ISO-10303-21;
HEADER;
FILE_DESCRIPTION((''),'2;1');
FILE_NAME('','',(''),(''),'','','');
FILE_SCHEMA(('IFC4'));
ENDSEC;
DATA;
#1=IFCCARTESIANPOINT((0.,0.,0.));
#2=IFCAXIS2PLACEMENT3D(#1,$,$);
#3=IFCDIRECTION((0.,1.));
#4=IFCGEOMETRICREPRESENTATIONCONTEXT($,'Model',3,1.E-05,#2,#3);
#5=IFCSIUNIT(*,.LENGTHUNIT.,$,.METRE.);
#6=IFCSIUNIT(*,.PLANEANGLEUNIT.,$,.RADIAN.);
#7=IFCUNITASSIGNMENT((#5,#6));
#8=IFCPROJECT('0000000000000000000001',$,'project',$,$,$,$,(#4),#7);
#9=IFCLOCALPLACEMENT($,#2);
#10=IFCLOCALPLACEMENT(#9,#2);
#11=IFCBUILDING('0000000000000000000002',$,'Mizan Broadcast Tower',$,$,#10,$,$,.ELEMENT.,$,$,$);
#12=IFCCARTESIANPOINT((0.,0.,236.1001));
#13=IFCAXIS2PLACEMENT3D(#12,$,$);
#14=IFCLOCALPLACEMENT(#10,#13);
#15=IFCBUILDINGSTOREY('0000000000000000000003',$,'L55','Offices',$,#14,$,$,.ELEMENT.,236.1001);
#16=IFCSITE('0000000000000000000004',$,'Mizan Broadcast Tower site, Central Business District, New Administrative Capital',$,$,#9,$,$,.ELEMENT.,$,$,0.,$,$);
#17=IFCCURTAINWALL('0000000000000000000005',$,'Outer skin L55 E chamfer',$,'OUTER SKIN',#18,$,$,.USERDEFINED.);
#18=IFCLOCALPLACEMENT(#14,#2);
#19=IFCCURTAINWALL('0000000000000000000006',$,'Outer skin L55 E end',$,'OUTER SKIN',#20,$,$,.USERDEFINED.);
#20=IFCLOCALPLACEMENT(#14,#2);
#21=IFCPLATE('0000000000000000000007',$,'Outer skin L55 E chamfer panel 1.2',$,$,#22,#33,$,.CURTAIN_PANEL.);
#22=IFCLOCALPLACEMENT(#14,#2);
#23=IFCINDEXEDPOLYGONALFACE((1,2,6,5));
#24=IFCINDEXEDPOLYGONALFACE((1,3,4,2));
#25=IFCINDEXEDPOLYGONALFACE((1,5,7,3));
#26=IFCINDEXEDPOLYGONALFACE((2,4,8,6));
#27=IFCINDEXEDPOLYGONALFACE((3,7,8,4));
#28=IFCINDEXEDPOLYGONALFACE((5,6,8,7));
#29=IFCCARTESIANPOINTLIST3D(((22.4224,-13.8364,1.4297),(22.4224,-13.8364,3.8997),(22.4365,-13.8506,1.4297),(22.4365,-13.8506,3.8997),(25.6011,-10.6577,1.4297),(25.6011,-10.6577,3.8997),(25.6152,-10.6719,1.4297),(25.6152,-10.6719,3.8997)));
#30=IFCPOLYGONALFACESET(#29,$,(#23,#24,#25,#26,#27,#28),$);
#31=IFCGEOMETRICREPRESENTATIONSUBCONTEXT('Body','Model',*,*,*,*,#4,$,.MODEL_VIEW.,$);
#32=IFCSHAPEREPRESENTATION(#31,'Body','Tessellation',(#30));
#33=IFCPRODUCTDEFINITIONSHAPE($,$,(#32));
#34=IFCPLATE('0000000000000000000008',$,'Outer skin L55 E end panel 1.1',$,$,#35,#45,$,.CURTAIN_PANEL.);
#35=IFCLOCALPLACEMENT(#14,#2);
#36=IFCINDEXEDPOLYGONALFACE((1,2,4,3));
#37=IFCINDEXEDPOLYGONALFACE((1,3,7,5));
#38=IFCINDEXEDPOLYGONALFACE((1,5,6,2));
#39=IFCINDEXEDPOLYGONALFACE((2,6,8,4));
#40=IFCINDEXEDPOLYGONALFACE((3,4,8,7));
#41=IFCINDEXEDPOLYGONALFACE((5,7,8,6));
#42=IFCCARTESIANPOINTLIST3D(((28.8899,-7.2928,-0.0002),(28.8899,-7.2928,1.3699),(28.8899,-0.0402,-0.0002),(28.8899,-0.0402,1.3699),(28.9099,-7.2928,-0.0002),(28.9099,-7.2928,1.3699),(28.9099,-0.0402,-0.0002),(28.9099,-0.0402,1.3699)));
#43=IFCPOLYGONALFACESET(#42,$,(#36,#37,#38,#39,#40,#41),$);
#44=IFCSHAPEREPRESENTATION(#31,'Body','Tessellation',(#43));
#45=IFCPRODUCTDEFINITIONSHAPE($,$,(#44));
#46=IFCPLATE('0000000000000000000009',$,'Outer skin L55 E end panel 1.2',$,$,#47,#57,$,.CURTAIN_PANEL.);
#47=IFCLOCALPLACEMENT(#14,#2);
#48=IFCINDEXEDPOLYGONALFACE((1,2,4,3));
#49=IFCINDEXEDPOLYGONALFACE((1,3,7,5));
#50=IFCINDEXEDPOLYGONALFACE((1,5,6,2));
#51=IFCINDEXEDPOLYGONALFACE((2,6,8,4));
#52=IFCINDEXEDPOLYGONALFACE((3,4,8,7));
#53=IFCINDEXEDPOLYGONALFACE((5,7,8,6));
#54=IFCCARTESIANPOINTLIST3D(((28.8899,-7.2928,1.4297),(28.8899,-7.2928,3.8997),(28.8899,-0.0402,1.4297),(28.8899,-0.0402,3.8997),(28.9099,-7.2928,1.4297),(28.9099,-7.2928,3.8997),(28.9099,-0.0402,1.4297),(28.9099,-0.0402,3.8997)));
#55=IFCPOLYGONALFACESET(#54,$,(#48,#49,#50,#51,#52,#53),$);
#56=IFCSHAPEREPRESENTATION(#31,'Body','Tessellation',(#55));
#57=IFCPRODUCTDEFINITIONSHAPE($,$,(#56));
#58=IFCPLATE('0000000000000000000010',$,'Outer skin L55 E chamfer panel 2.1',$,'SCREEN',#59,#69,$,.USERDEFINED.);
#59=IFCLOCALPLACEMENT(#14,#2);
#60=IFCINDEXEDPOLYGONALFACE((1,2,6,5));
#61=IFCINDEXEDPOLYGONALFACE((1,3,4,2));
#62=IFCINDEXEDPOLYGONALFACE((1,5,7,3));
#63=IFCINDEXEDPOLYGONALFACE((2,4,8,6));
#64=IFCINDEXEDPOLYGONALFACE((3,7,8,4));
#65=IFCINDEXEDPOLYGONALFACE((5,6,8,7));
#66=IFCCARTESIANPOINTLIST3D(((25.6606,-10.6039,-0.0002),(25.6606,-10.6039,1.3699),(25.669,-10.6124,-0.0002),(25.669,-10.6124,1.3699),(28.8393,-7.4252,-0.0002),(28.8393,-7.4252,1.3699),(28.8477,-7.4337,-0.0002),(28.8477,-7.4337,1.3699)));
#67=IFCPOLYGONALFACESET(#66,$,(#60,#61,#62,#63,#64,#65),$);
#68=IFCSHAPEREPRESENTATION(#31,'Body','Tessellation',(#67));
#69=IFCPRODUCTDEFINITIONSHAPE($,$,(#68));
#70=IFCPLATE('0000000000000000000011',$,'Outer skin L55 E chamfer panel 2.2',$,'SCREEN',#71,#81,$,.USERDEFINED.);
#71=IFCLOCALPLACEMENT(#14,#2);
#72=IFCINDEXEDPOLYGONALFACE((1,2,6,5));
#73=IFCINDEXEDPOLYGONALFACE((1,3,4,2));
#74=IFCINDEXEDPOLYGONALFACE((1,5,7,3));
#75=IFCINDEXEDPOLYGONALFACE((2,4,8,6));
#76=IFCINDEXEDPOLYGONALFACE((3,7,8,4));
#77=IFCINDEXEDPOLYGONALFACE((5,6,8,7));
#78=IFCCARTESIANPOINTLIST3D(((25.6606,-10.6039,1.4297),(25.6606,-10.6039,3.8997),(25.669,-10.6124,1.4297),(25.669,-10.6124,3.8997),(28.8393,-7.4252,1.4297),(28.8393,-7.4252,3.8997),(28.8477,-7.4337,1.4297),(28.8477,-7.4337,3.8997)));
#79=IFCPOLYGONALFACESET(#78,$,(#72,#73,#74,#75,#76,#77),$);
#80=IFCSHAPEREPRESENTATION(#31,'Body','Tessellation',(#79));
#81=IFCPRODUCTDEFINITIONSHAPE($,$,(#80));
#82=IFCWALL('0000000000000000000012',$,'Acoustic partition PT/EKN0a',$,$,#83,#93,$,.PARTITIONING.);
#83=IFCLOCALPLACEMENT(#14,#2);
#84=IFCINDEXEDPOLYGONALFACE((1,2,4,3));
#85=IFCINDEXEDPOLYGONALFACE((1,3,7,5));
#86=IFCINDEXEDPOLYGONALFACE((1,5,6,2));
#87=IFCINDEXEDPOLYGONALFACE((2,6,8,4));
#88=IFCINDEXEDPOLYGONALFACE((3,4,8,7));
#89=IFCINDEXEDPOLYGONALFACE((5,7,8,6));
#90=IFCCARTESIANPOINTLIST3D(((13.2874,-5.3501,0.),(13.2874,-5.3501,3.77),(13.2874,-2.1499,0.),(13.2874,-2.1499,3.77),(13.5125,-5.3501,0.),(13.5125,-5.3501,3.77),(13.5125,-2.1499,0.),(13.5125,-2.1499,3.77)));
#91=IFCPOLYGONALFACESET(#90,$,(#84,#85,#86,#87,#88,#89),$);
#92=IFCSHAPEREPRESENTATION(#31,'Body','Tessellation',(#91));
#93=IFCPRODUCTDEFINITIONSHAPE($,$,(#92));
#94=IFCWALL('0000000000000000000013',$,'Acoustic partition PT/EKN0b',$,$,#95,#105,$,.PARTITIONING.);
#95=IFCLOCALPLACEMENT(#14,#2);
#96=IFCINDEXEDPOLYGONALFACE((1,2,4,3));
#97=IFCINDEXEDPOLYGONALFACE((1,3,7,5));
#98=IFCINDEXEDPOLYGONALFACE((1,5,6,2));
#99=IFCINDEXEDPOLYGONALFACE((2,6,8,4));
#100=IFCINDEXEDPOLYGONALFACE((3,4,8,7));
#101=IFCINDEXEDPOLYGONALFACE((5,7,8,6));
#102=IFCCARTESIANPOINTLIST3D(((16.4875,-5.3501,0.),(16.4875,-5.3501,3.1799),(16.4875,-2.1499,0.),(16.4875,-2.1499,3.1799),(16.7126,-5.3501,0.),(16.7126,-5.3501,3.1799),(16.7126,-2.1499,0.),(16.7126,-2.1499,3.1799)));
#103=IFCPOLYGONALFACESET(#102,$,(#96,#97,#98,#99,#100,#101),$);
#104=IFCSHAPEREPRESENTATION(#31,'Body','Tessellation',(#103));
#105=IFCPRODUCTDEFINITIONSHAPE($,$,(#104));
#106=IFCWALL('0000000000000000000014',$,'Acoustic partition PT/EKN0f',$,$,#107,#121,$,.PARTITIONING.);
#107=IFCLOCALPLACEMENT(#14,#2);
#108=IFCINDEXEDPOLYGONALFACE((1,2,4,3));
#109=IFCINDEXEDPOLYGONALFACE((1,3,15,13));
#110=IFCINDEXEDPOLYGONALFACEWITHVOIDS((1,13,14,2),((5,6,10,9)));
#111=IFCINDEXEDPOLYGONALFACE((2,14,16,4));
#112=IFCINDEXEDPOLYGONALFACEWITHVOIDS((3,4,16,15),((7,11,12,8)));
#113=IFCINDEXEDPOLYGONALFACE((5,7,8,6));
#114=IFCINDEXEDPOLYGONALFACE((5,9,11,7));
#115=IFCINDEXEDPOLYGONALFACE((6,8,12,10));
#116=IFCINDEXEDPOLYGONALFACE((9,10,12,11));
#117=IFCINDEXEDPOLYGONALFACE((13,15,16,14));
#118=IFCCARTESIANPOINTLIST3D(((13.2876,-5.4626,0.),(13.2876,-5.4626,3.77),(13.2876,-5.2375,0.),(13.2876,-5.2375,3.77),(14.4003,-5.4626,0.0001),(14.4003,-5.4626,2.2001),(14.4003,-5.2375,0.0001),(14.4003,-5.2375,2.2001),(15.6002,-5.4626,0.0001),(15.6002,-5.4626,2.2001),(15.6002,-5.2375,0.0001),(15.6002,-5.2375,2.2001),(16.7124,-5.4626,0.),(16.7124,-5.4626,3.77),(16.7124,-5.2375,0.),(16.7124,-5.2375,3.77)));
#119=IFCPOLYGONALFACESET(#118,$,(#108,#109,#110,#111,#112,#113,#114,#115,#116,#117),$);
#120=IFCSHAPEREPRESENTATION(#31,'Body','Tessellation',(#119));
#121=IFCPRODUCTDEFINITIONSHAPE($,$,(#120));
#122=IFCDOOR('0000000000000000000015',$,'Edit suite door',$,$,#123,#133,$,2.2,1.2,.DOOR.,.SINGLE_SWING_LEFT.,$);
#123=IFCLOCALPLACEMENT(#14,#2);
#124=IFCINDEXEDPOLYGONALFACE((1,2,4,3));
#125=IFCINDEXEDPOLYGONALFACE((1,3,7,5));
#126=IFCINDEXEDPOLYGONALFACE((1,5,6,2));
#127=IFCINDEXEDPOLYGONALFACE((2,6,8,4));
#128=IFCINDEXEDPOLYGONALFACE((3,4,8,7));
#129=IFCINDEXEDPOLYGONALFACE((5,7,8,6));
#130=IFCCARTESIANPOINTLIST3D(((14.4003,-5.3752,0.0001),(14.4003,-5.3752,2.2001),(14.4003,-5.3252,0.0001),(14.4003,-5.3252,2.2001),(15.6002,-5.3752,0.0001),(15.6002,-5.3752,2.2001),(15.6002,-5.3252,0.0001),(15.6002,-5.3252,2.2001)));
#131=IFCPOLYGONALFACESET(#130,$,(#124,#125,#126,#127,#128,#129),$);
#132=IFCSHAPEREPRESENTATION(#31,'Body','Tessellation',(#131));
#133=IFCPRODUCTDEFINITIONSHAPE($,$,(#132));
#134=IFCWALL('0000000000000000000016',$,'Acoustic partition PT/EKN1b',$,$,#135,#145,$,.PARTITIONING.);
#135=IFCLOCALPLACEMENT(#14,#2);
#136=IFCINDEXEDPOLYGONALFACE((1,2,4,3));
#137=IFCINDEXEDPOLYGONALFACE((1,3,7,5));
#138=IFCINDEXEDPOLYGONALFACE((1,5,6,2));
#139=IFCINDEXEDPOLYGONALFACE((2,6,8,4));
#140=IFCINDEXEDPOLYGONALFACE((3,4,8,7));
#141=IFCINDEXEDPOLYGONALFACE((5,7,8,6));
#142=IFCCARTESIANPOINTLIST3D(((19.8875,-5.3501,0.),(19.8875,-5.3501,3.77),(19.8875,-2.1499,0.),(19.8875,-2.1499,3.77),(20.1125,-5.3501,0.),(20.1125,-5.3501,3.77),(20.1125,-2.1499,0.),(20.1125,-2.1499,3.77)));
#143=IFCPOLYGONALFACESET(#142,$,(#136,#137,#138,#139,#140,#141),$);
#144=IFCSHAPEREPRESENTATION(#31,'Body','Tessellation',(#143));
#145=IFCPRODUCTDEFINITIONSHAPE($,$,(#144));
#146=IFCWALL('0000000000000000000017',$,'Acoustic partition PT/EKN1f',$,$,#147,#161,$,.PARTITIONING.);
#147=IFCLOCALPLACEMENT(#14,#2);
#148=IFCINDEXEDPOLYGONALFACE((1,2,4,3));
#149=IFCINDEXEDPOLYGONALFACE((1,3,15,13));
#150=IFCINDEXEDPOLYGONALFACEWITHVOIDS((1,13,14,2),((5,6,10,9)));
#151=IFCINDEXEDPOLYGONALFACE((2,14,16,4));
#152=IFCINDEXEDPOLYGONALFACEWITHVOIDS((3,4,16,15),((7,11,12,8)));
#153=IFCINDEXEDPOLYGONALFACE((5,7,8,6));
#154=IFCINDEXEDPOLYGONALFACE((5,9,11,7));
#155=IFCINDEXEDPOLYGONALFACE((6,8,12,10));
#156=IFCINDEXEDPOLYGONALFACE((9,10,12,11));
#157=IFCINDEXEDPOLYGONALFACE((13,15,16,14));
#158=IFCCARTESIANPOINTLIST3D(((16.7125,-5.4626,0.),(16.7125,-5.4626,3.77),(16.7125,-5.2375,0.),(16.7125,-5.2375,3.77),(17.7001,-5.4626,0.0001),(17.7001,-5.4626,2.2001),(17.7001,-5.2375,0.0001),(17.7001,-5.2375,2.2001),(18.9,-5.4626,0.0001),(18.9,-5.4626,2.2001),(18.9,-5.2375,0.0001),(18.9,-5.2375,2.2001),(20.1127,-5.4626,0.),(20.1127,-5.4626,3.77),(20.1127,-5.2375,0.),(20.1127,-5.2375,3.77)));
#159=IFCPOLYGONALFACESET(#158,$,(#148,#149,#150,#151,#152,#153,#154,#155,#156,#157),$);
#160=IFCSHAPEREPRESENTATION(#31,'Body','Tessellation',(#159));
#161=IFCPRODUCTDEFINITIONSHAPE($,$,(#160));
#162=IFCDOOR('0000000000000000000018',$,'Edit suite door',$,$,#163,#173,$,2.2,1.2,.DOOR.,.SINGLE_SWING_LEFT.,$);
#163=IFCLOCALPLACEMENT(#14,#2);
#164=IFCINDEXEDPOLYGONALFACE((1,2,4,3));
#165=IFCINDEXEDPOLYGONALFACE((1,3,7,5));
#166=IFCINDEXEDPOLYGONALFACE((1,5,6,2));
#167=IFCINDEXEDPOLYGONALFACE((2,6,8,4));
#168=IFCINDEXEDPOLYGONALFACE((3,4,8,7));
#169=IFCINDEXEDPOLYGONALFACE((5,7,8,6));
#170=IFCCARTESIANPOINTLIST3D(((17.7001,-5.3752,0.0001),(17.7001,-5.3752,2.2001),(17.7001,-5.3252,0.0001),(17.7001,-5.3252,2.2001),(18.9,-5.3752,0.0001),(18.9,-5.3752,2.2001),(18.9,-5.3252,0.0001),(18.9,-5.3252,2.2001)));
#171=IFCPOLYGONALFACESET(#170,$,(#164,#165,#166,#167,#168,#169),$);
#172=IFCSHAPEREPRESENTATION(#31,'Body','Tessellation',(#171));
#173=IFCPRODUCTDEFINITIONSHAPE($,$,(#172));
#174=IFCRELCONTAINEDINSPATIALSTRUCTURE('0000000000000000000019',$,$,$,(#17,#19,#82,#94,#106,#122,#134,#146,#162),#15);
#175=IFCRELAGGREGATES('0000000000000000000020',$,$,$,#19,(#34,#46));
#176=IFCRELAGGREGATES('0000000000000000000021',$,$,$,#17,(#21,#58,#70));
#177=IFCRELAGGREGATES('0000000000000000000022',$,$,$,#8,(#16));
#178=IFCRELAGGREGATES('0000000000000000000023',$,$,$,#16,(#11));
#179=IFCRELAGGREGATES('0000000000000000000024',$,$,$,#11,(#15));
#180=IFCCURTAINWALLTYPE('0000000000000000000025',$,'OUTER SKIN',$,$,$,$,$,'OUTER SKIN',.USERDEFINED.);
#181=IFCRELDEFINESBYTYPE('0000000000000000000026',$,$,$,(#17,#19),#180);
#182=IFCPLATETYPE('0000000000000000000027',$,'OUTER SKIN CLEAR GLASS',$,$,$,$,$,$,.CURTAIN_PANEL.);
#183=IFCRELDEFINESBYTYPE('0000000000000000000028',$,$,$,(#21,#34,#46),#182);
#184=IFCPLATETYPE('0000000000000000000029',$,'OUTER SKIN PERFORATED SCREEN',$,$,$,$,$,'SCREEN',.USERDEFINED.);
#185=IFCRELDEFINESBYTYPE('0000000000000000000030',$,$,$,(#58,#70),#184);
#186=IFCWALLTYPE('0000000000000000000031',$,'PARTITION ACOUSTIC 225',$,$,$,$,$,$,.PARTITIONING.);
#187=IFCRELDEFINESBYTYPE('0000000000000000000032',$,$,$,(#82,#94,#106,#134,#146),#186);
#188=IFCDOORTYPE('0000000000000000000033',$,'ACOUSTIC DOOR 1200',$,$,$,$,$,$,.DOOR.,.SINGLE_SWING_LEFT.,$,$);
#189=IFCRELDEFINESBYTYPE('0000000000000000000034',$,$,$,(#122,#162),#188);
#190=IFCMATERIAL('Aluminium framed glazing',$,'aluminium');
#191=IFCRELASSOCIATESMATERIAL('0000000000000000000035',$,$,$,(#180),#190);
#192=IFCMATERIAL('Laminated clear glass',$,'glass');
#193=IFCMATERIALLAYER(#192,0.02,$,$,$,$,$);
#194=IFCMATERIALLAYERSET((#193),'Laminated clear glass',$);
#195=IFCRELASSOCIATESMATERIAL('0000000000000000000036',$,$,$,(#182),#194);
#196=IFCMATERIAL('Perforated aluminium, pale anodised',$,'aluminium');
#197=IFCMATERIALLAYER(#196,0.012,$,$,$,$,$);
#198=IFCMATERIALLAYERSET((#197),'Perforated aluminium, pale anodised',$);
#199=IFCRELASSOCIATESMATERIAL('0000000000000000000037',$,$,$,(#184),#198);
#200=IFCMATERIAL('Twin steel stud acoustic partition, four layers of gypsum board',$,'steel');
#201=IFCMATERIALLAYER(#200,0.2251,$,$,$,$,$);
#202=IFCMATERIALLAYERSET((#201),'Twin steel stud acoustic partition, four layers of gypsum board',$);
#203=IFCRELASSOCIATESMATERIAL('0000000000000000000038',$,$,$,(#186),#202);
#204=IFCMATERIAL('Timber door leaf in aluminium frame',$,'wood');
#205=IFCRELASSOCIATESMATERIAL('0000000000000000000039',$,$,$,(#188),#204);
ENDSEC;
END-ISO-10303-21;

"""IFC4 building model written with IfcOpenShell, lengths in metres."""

from ifc_helpers import new_model, si_unit, direction, frame, frame_2d, origin, origin_2d, place, context, subcontext, project, spatial, rectangle, extrude, material, layer, layer_set, type_object, element, fill, aggregate, save


model = new_model("IFC4")

# Units and contexts
model_context = context("Model", 3, precision=1e-05, world=origin(), true_north=direction((0.0, 1.0)))
body_context = subcontext(model_context, "Body", "Model", "MODEL_VIEW")
ifc_project = project(units=[si_unit("LENGTHUNIT", "METRE"), si_unit("PLANEANGLEUNIT", "RADIAN")], contexts=[model_context])

# Site, building, storey
site_placement = place(None, origin())
site = spatial("IfcSite", under=ifc_project, at=site_placement, Name="Mizan Broadcast Tower site, Central Business District, New Administrative Capital", CompositionType="ELEMENT", RefElevation=0.0)
building_placement = place(site_placement, origin())
building = spatial("IfcBuilding", under=site, at=building_placement, Name="Mizan Broadcast Tower", CompositionType="ELEMENT")
storey_placement = place(building_placement, frame((0.0, 0.0, 236.1001)))
storey = spatial("IfcBuildingStorey", under=building, at=storey_placement, Name="L55", Description="Offices", CompositionType="ELEMENT", Elevation=236.1001)

# Curtain wall
ifc_material_1 = material(Name="Aluminium framed glazing", Category="aluminium")
curtain_wall_type_1 = type_object("IfcCurtainWallType", Name="OUTER SKIN", ElementType="OUTER SKIN", PredefinedType="USERDEFINED", material=ifc_material_1)
curtain_wall_1_placement = place(storey_placement, origin())
curtain_wall_1 = element("IfcCurtainWall", 1, at=curtain_wall_1_placement, inside=storey, type_object=curtain_wall_type_1, Name="Outer skin L55 E chamfer", ObjectType="OUTER SKIN", PredefinedType="USERDEFINED")

# Curtain wall
curtain_wall_2_placement = place(storey_placement, origin())
curtain_wall_2 = element("IfcCurtainWall", 2, at=curtain_wall_2_placement, inside=storey, type_object=curtain_wall_type_1, Name="Outer skin L55 E end", ObjectType="OUTER SKIN", PredefinedType="USERDEFINED")

# Plates
ifc_material_2 = material(Name="Laminated clear glass", Category="glass")
ifc_layer_1 = layer(ifc_material_2, 0.02)
ifc_layer_set_1 = layer_set([ifc_layer_1], Name="Laminated clear glass")
plate_type_1 = type_object("IfcPlateType", Name="OUTER SKIN CLEAR GLASS", PredefinedType="CURTAIN_PANEL", material=ifc_layer_set_1)
plate_1_placement = place(storey_placement, frame((24.0188, -12.2542, 1.4297), z_axis=(0.0, 0.0, 1.0), x_axis=(0.707107, 0.707107, 0.0)))
plate_1 = element("IfcPlate", 3, at=plate_1_placement, type_object=plate_type_1, Name="Outer skin L55 E chamfer panel 1.2", PredefinedType="CURTAIN_PANEL", context=body_context, shape_type="SweptSolid", body=[
    extrude(rectangle(XDim=4.4954, YDim=0.02, at=origin_2d()), origin(), (0.0, 0.0, 1.0), 2.47),
])
plate_2_placement = place(storey_placement, frame((28.8999, -3.6665, -0.0002), z_axis=(0.0, 0.0, 1.0), x_axis=(0.0, 1.0, 0.0)))
plate_2 = element("IfcPlate", 4, at=plate_2_placement, type_object=plate_type_1, Name="Outer skin L55 E end panel 1.1", PredefinedType="CURTAIN_PANEL", context=body_context, shape_type="SweptSolid", body=[
    extrude(rectangle(XDim=7.2527, YDim=0.02, at=origin_2d()), origin(), (0.0, 0.0, 1.0), 1.3701),
])
plate_3_placement = place(storey_placement, frame((28.8999, -3.6665, 1.4297), z_axis=(0.0, 0.0, 1.0), x_axis=(0.0, 1.0, 0.0)))
plate_3 = element("IfcPlate", 5, at=plate_3_placement, type_object=plate_type_1, Name="Outer skin L55 E end panel 1.2", PredefinedType="CURTAIN_PANEL", context=body_context, shape_type="SweptSolid", body=[
    extrude(rectangle(XDim=7.2527, YDim=0.02, at=origin_2d()), origin(), (0.0, 0.0, 1.0), 2.47),
])
aggregate(curtain_wall_2, [plate_2, plate_3])
ifc_material_3 = material(Name="Perforated aluminium, pale anodised", Category="aluminium")
ifc_layer_2 = layer(ifc_material_3, 0.012)
ifc_layer_set_2 = layer_set([ifc_layer_2], Name="Perforated aluminium, pale anodised")
plate_type_2 = type_object("IfcPlateType", Name="OUTER SKIN PERFORATED SCREEN", ElementType="SCREEN", PredefinedType="USERDEFINED", material=ifc_layer_set_2)
plate_4_placement = place(storey_placement, frame((27.2542, -9.0188, -0.0002), z_axis=(0.0, 0.0, 1.0), x_axis=(0.707107, 0.707107, 0.0)))
plate_4 = element("IfcPlate", 6, at=plate_4_placement, type_object=plate_type_2, Name="Outer skin L55 E chamfer panel 2.1", ObjectType="SCREEN", PredefinedType="USERDEFINED", context=body_context, shape_type="SweptSolid", body=[
    extrude(rectangle(XDim=4.4954, YDim=0.012, at=origin_2d()), origin(), (0.0, 0.0, 1.0), 1.3701),
])
plate_5_placement = place(storey_placement, frame((27.2542, -9.0188, 1.4297), z_axis=(0.0, 0.0, 1.0), x_axis=(0.707107, 0.707107, 0.0)))
plate_5 = element("IfcPlate", 7, at=plate_5_placement, type_object=plate_type_2, Name="Outer skin L55 E chamfer panel 2.2", ObjectType="SCREEN", PredefinedType="USERDEFINED", context=body_context, shape_type="SweptSolid", body=[
    extrude(rectangle(XDim=4.4954, YDim=0.012, at=origin_2d()), origin(), (0.0, 0.0, 1.0), 2.47),
])
aggregate(curtain_wall_1, [plate_1, plate_4, plate_5])

# Walls
ifc_material_4 = material(Name="Twin steel stud acoustic partition, four layers of gypsum board", Category="steel")
ifc_layer_3 = layer(ifc_material_4, 0.2251)
ifc_layer_set_3 = layer_set([ifc_layer_3], Name="Twin steel stud acoustic partition, four layers of gypsum board")
wall_type = type_object("IfcWallType", Name="PARTITION ACOUSTIC 225", PredefinedType="PARTITIONING", material=ifc_layer_set_3)
wall_1_placement = place(storey_placement, frame((13.3999, -2.1499, 0.0), z_axis=(0.0, 0.0, 1.0), x_axis=(0.0, -1.0, 0.0)))
element("IfcWall", 8, at=wall_1_placement, inside=storey, type_object=wall_type, Name="Acoustic partition PT/EKN0a", PredefinedType="PARTITIONING", context=body_context, shape_type="SweptSolid", body=[
    extrude(rectangle(XDim=3.2002, YDim=0.2251, at=frame_2d((1.6001, 0.0))), origin(), (0.0, 0.0, 1.0), 3.77),
])
wall_2_placement = place(storey_placement, frame((16.6001, -2.1499, 0.0), z_axis=(0.0, 0.0, 1.0), x_axis=(0.0, -1.0, 0.0)))
element("IfcWall", 9, at=wall_2_placement, inside=storey, type_object=wall_type, Name="Acoustic partition PT/EKN0b", PredefinedType="PARTITIONING", context=body_context, shape_type="SweptSolid", body=[
    extrude(rectangle(XDim=3.2002, YDim=0.2251, at=frame_2d((1.6001, 0.0))), origin(), (0.0, 0.0, 1.0), 3.1799),
])

# Wall, opening, door
wall_3_placement = place(storey_placement, frame((13.2876, -5.3501, 0.0), z_axis=(0.0, 0.0, 1.0), x_axis=(1.0, 0.0, 0.0)))
wall_3 = element("IfcWall", 10, at=wall_3_placement, inside=storey, type_object=wall_type, Name="Acoustic partition PT/EKN0f", PredefinedType="PARTITIONING", context=body_context, shape_type="SweptSolid", body=[
    extrude(rectangle(XDim=3.4248, YDim=0.2251, at=frame_2d((1.7124, 0.0))), origin(), (0.0, 0.0, 1.0), 3.77),
])
opening_1_placement = place(wall_3_placement, frame((1.1125, 0.0, 0.0)))
opening_1 = element("IfcOpeningElement", 11, at=opening_1_placement, cuts=wall_3, PredefinedType="OPENING", context=body_context, shape_type="SweptSolid", body=[
    extrude(rectangle(XDim=1.2, YDim=2.2, at=frame_2d((0.6001, 1.1001))), frame((0.0, 0.1226, 0.0), z_axis=(0.0, -1.0, 0.0), x_axis=(1.0, 0.0, 0.0)), (0.0, 0.0, 1.0), 0.2451),
])
ifc_material_5 = material(Name="Timber door leaf in aluminium frame", Category="wood")
door_type = type_object("IfcDoorType", Name="ACOUSTIC DOOR 1200", OperationType="SINGLE_SWING_LEFT", PredefinedType="DOOR", material=ifc_material_5)
door_1_placement = place(opening_1_placement, origin())
door_1 = element("IfcDoor", 12, at=door_1_placement, inside=storey, type_object=door_type, Name="Edit suite door", OperationType="SINGLE_SWING_LEFT", OverallHeight=2.2, OverallWidth=1.2, PredefinedType="DOOR", context=body_context, shape_type="SweptSolid", body=[
    extrude(rectangle(XDim=1.2, YDim=2.2, at=frame_2d((0.6001, 1.1001))), frame((0.0, 0.0249, 0.0), z_axis=(0.0, -1.0, 0.0), x_axis=(1.0, 0.0, 0.0)), (0.0, 0.0, 1.0), 0.05),
])
fill(opening_1, door_1)

# Wall
wall_4_placement = place(storey_placement, frame((20.0, -2.1499, 0.0), z_axis=(0.0, 0.0, 1.0), x_axis=(0.0, -1.0, 0.0)))
element("IfcWall", 13, at=wall_4_placement, inside=storey, type_object=wall_type, Name="Acoustic partition PT/EKN1b", PredefinedType="PARTITIONING", context=body_context, shape_type="SweptSolid", body=[
    extrude(rectangle(XDim=3.2002, YDim=0.2251, at=frame_2d((1.6001, 0.0))), origin(), (0.0, 0.0, 1.0), 3.77),
])

# Wall, opening, door
wall_5_placement = place(storey_placement, frame((16.7124, -5.3501, 0.0), z_axis=(0.0, 0.0, 1.0), x_axis=(1.0, 0.0, 0.0)))
wall_5 = element("IfcWall", 14, at=wall_5_placement, inside=storey, type_object=wall_type, Name="Acoustic partition PT/EKN1f", PredefinedType="PARTITIONING", context=body_context, shape_type="SweptSolid", body=[
    extrude(rectangle(XDim=3.4001, YDim=0.2251, at=frame_2d((1.7002, 0.0))), origin(), (0.0, 0.0, 1.0), 3.77),
])
opening_2_placement = place(wall_5_placement, frame((0.9875, 0.0, 0.0)))
opening_2 = element("IfcOpeningElement", 15, at=opening_2_placement, cuts=wall_5, PredefinedType="OPENING", context=body_context, shape_type="SweptSolid", body=[
    extrude(rectangle(XDim=1.2, YDim=2.2, at=frame_2d((0.6001, 1.1001))), frame((0.0, 0.1226, 0.0), z_axis=(0.0, -1.0, 0.0), x_axis=(1.0, 0.0, 0.0)), (0.0, 0.0, 1.0), 0.2451),
])
door_2_placement = place(opening_2_placement, origin())
door_2 = element("IfcDoor", 16, at=door_2_placement, inside=storey, type_object=door_type, Name="Edit suite door", OperationType="SINGLE_SWING_LEFT", OverallHeight=2.2, OverallWidth=1.2, PredefinedType="DOOR", context=body_context, shape_type="SweptSolid", body=[
    extrude(rectangle(XDim=1.2, YDim=2.2, at=frame_2d((0.6001, 1.1001))), frame((0.0, 0.0249, 0.0), z_axis=(0.0, -1.0, 0.0), x_axis=(1.0, 0.0, 0.0)), (0.0, 0.0, 1.0), 0.05),
])
fill(opening_2, door_2)

save(model, "model.ifc")
